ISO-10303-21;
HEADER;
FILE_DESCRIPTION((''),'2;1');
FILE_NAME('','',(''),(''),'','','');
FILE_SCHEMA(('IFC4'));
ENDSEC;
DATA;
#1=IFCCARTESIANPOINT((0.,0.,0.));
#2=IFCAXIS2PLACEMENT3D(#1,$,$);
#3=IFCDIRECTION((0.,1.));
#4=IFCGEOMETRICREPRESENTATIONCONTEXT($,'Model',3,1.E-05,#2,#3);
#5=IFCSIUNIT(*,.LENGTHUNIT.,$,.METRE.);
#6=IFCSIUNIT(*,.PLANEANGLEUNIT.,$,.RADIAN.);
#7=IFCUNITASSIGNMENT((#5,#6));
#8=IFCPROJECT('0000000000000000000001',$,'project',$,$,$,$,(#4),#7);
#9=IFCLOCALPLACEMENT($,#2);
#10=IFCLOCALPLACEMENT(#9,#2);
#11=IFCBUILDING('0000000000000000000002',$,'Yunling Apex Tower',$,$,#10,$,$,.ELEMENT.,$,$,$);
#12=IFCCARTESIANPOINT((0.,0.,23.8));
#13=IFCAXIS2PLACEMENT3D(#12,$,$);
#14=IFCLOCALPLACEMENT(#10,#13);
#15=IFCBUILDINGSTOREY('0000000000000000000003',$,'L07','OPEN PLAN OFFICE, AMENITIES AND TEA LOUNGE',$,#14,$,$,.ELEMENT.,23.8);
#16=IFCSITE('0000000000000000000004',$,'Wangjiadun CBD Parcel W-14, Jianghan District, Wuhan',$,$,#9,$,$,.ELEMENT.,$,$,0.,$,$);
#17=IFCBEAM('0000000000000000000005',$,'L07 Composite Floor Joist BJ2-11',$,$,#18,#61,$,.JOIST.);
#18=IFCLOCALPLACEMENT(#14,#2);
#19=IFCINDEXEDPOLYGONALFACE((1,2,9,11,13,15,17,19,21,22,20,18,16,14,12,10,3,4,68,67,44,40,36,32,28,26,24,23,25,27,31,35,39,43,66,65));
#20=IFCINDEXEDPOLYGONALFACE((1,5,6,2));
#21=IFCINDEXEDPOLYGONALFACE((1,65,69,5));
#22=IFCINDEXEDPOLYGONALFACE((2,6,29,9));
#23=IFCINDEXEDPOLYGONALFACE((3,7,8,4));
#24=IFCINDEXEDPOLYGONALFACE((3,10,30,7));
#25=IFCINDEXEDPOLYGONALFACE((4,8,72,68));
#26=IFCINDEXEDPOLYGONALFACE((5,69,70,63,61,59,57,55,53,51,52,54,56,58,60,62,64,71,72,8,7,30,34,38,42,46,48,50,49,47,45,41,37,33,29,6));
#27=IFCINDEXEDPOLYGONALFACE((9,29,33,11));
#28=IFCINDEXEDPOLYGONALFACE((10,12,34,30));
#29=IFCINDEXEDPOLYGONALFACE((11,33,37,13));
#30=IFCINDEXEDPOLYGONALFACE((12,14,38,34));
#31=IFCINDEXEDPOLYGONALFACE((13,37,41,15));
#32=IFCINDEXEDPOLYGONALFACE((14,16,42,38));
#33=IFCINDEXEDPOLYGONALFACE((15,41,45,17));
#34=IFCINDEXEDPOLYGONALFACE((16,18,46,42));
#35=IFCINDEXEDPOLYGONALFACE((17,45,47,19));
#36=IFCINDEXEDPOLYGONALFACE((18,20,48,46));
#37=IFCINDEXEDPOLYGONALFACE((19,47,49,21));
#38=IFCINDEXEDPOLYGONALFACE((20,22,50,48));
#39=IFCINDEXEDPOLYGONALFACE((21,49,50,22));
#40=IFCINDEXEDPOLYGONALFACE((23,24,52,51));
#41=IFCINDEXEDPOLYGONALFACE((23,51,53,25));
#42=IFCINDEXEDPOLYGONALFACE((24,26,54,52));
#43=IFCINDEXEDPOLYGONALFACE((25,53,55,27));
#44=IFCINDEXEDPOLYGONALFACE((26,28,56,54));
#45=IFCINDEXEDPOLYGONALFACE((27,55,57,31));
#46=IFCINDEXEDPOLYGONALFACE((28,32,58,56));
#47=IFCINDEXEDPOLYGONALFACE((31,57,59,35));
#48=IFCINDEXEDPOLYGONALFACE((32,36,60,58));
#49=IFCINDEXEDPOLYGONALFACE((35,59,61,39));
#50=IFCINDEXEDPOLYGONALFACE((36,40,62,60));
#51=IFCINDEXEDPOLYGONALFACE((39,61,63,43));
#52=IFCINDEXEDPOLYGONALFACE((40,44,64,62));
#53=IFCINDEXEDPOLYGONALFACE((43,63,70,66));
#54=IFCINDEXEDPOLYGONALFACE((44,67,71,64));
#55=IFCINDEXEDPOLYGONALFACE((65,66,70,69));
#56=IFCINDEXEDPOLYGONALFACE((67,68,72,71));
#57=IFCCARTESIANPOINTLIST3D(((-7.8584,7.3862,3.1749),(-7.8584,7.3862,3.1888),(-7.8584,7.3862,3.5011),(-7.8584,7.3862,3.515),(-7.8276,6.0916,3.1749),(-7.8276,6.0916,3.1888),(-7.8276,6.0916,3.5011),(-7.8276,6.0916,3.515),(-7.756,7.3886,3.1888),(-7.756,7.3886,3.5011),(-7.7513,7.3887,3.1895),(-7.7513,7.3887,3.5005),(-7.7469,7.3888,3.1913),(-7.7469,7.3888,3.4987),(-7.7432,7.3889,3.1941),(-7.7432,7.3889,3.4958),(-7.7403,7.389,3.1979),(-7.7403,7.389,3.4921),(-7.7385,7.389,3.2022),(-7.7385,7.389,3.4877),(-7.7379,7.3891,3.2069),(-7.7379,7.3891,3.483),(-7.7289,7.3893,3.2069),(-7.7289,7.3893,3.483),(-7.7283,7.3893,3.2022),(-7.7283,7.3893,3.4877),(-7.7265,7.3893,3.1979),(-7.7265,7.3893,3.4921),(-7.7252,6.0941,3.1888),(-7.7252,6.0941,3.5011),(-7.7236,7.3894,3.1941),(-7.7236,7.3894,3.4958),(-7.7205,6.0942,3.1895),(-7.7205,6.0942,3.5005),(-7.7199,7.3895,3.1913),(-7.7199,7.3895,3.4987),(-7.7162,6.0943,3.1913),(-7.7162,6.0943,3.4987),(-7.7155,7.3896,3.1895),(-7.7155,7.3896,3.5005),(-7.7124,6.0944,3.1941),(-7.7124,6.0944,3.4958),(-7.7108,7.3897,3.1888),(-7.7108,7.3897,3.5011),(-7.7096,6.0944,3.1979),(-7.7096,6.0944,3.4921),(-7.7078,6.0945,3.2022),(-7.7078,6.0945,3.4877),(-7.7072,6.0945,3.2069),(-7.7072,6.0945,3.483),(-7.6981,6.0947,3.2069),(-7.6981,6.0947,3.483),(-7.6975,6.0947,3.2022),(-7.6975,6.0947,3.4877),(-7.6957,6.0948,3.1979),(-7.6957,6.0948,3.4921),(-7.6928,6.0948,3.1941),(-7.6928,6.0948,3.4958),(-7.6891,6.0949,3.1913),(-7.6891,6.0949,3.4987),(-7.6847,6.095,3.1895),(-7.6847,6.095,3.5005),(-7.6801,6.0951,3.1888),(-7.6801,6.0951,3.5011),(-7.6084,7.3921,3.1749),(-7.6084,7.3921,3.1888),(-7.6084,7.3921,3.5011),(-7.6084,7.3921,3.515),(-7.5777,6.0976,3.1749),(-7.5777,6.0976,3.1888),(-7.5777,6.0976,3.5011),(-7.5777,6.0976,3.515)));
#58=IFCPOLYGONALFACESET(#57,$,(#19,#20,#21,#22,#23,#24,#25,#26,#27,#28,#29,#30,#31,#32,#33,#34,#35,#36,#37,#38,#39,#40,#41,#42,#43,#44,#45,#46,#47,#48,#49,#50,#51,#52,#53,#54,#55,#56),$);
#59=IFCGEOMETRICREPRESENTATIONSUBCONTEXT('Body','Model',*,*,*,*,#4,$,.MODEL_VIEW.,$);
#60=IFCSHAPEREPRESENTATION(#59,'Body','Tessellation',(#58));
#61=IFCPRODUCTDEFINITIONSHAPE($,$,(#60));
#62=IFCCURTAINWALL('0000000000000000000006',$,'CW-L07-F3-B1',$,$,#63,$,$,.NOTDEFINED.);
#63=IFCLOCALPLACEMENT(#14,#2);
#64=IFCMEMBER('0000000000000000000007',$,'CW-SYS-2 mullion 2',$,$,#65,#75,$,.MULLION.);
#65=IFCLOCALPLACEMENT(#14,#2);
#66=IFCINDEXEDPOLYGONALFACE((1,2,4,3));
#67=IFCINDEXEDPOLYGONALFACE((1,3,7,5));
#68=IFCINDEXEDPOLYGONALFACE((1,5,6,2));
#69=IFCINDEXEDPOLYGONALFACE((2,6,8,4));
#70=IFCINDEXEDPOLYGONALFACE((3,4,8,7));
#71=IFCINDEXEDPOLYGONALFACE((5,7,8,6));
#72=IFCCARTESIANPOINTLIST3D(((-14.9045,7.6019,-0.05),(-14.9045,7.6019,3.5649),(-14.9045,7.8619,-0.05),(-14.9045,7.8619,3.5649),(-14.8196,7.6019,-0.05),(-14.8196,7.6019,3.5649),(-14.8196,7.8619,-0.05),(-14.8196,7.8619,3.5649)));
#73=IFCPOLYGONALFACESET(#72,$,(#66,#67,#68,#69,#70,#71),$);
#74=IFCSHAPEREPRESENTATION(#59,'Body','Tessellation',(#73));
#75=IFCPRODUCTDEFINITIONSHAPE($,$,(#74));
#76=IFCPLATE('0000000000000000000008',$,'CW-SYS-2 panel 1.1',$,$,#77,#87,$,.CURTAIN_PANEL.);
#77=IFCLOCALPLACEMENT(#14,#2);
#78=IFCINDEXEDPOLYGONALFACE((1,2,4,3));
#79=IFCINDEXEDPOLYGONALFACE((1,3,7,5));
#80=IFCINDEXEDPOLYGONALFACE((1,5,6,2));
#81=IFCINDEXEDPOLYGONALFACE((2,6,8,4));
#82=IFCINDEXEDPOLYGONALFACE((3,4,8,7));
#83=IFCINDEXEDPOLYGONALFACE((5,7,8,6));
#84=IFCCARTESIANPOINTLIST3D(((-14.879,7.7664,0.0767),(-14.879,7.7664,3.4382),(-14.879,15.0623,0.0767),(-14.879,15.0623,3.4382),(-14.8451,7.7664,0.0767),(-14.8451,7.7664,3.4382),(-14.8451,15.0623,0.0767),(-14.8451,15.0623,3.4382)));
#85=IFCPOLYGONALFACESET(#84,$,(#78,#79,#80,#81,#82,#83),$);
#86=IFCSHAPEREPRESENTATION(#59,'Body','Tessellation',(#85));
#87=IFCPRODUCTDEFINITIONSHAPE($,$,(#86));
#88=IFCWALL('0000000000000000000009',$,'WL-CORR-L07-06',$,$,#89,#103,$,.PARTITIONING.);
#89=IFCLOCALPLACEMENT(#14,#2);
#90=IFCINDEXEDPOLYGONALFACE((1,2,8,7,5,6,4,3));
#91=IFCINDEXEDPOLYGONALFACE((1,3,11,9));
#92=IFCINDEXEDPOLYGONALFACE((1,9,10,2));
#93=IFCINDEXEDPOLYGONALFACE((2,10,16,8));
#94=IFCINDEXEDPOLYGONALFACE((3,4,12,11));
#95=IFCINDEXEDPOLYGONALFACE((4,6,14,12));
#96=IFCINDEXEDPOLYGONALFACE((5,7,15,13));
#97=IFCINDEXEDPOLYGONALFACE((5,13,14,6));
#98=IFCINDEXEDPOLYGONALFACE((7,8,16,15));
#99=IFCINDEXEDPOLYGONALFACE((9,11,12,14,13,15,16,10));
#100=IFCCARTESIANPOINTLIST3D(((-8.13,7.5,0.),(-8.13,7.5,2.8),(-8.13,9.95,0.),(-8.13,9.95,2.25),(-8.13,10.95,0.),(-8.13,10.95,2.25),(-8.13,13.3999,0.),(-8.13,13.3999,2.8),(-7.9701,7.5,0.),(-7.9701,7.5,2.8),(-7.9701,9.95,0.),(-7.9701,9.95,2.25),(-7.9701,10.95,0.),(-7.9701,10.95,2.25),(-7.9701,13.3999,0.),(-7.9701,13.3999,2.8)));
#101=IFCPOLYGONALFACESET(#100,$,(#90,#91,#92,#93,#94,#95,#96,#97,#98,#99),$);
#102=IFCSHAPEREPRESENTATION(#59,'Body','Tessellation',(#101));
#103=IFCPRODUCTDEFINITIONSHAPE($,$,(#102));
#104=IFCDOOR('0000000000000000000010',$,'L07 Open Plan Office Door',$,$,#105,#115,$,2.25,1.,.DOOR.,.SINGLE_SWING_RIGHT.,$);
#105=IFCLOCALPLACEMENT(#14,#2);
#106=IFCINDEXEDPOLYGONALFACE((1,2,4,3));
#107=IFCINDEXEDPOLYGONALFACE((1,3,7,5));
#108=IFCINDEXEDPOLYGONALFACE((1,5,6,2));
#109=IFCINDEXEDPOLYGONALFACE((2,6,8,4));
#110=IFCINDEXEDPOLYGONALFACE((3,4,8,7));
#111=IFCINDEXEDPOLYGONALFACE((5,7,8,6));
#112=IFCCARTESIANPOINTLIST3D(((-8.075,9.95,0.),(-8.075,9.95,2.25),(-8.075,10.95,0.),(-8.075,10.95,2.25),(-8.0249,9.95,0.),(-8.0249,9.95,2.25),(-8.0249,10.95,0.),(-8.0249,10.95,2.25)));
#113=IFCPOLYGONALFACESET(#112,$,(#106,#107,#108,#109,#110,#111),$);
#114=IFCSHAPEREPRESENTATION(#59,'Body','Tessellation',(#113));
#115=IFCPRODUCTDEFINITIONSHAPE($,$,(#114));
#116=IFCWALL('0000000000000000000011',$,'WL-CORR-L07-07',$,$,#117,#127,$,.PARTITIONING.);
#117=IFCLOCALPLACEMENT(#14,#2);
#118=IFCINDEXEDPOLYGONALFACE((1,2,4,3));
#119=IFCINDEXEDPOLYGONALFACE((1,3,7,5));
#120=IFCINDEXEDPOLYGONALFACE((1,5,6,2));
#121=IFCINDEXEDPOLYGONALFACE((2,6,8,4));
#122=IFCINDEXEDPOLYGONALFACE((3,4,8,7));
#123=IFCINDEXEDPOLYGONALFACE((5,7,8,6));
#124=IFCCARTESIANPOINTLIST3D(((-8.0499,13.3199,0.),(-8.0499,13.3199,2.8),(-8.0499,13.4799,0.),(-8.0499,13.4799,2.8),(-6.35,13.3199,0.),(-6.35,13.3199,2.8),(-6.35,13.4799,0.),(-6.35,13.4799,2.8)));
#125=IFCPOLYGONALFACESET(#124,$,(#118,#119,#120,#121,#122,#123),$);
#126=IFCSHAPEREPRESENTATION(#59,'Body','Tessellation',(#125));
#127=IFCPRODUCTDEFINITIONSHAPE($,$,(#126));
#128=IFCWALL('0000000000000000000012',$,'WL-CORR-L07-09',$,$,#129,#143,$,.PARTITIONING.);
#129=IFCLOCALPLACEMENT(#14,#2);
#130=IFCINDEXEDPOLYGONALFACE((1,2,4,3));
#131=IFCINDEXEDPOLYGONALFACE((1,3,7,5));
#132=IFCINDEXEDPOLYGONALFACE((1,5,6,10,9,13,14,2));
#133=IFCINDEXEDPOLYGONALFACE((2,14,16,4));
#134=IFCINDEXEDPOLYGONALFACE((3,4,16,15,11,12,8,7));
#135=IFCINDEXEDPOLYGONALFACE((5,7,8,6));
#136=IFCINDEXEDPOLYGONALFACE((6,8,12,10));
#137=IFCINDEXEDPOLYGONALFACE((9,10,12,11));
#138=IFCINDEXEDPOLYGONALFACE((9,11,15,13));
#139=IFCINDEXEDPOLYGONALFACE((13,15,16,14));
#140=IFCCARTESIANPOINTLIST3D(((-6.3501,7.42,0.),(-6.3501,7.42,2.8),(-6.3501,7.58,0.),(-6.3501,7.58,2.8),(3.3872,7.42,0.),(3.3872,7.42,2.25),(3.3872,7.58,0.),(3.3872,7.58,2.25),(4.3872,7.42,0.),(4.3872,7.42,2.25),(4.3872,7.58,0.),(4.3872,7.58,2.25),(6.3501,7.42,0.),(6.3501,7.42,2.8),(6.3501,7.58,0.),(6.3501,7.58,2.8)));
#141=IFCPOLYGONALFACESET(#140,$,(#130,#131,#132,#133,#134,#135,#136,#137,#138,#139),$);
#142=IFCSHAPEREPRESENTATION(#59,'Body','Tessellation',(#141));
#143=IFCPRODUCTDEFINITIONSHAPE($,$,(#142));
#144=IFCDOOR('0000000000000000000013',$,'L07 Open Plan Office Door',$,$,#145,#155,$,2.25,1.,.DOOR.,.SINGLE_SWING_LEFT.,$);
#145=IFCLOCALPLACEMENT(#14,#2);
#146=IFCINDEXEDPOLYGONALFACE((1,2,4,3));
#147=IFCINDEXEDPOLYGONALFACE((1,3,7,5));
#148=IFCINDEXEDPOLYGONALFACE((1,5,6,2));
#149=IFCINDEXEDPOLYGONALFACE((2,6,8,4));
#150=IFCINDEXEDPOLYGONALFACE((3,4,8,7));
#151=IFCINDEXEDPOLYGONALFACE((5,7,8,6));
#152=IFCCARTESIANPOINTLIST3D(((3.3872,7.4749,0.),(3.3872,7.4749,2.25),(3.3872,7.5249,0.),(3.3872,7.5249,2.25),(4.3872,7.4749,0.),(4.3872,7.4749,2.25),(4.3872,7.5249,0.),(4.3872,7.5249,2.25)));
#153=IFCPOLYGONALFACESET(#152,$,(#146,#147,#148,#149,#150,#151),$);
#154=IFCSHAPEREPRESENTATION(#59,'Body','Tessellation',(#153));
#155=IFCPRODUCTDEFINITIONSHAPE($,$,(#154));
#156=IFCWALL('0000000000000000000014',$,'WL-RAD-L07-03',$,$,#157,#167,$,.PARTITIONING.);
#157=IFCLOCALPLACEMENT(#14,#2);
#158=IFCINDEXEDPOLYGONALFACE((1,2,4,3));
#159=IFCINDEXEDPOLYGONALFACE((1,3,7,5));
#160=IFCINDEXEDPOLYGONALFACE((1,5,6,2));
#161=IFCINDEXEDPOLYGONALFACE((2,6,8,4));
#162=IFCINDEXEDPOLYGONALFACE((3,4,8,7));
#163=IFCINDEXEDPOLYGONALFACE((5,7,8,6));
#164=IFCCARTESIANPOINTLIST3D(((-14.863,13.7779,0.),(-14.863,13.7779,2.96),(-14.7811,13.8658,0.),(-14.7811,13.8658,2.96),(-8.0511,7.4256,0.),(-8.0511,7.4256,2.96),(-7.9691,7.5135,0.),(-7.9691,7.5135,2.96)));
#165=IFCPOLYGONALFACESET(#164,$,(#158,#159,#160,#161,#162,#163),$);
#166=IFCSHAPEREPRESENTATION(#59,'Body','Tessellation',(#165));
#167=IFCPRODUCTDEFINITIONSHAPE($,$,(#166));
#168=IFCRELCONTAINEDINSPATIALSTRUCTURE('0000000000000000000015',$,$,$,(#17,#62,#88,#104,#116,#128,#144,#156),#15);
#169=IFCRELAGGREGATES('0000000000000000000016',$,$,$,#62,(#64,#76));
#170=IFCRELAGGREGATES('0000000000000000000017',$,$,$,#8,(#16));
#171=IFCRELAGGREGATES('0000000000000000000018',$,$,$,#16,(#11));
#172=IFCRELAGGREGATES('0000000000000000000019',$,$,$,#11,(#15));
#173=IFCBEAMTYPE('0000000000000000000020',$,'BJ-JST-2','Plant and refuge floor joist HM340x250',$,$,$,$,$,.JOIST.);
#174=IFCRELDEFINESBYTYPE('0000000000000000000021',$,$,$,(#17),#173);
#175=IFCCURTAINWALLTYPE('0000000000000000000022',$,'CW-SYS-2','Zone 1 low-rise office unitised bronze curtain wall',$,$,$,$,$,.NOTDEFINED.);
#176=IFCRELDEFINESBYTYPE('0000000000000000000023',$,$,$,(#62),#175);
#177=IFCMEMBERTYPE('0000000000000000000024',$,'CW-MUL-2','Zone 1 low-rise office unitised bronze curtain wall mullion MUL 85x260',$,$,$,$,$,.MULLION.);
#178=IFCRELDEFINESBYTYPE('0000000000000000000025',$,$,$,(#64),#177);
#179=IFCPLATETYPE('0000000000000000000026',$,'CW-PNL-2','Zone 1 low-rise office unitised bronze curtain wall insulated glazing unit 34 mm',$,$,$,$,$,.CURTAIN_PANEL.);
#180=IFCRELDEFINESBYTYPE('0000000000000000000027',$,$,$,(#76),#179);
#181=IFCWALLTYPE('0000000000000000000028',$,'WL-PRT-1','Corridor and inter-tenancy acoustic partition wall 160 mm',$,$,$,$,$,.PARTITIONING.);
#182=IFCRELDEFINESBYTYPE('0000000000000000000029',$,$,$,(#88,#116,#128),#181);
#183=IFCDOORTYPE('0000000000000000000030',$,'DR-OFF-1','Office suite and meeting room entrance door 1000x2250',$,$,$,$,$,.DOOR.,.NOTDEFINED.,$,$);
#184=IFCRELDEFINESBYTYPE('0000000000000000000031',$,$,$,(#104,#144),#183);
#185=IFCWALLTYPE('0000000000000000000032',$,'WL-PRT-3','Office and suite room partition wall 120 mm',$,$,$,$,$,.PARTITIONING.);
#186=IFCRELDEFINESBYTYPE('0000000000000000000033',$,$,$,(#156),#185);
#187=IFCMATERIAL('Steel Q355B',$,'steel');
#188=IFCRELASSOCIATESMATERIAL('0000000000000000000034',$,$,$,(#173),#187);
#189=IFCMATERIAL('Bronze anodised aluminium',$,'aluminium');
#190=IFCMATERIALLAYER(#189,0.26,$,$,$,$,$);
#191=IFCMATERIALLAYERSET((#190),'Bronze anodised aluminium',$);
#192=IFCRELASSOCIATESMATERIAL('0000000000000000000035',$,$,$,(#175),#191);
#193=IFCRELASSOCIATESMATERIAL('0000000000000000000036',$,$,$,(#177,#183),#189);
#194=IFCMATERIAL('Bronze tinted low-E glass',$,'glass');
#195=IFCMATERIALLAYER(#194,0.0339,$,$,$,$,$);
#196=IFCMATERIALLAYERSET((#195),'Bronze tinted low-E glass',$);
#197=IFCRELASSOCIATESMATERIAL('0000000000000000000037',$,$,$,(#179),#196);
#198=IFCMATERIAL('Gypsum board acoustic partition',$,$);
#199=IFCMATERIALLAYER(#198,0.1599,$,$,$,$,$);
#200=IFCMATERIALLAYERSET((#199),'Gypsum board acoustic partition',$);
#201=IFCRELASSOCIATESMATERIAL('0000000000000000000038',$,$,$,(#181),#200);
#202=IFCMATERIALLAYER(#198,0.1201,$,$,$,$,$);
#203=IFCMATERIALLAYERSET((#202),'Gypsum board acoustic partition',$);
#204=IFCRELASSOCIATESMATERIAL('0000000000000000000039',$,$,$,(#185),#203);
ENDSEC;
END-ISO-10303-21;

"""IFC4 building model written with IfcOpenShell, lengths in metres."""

from ifc_helpers import new_model, si_unit, direction, frame, frame_2d, origin, origin_2d, place, context, subcontext, project, spatial, rectangle, i_section, extrude, source, transform, mapped, material, layer, layer_set, material_profile, profile_set, type_object, element, fill, aggregate, save


model = new_model("IFC4")

# Units and contexts
model_context = context("Model", 3, precision=1e-05, world=origin(), true_north=direction((0.0, 1.0)))
body_context = subcontext(model_context, "Body", "Model", "MODEL_VIEW")
ifc_project = project(units=[si_unit("LENGTHUNIT", "METRE"), si_unit("PLANEANGLEUNIT", "RADIAN")], contexts=[model_context])

# Site, building, storey
site_placement = place(None, origin())
site = spatial("IfcSite", under=ifc_project, at=site_placement, Name="Wangjiadun CBD Parcel W-14, Jianghan District, Wuhan", CompositionType="ELEMENT", RefElevation=0.0)
building_placement = place(site_placement, origin())
building = spatial("IfcBuilding", under=site, at=building_placement, Name="Yunling Apex Tower", CompositionType="ELEMENT")
storey_placement = place(building_placement, frame((0.0, 0.0, 23.8)))
storey = spatial("IfcBuildingStorey", under=building, at=storey_placement, Name="L07", Description="OPEN PLAN OFFICE, AMENITIES AND TEA LOUNGE", CompositionType="ELEMENT", Elevation=23.8)

# Beam
ifc_material_1 = material(Name="Steel Q355B", Category="steel")
ifc_material_profile_1 = material_profile(ifc_material_1, i_section(OverallWidth=0.25, OverallDepth=0.3401, WebThickness=0.009, FlangeThickness=0.0139, FilletRadius=0.0181, at=origin_2d()))
ifc_profile_set_1 = profile_set([ifc_material_profile_1], Name="Steel Q355B")
beam_type_1 = type_object("IfcBeamType", Name="BJ-JST-2", Description="Plant and refuge floor joist HM340x250", PredefinedType="JOIST", material=ifc_profile_set_1)
shared_shape_1 = source(origin(), body_context, "Body", "SweptSolid", [
    extrude(i_section(OverallWidth=0.25, OverallDepth=0.3401, WebThickness=0.009, FlangeThickness=0.0139, FilletRadius=0.0181, at=origin_2d()), origin(), (0.0, 0.0, 1.0), 1.2949),
])
beam_1_placement = place(storey_placement, frame((-7.7334, 7.3892, 3.345), z_axis=(0.023753, -0.999718, 0.0), x_axis=(0.999718, 0.023753, 0.0)))
element("IfcBeam", 1, at=beam_1_placement, inside=storey, type_object=beam_type_1, Name="L07 Composite Floor Joist BJ2-11", PredefinedType="JOIST", context=body_context, shape_type="MappedRepresentation", body=[
    mapped(shared_shape_1, transform((0.0, 0.0, 0.0), scale=1.0)),
])

# Curtain wall, member, plate
ifc_material_2 = material(Name="Bronze anodised aluminium", Category="aluminium")
ifc_layer_1 = layer(ifc_material_2, 0.26)
ifc_layer_set_1 = layer_set([ifc_layer_1], Name="Bronze anodised aluminium")
curtain_wall_type = type_object("IfcCurtainWallType", Name="CW-SYS-2", Description="Zone 1 low-rise office unitised bronze curtain wall", PredefinedType="NOTDEFINED", material=ifc_layer_set_1)
curtain_wall_placement = place(storey_placement, origin())
curtain_wall = element("IfcCurtainWall", 2, at=curtain_wall_placement, inside=storey, type_object=curtain_wall_type, Name="CW-L07-F3-B1", PredefinedType="NOTDEFINED")
ifc_material_profile_2 = material_profile(ifc_material_2, rectangle(XDim=0.085, YDim=0.26, at=origin_2d()))
ifc_profile_set_2 = profile_set([ifc_material_profile_2], Name="Bronze anodised aluminium")
member_type = type_object("IfcMemberType", Name="CW-MUL-2", Description="Zone 1 low-rise office unitised bronze curtain wall mullion MUL 85x260", PredefinedType="MULLION", material=ifc_profile_set_2)
shared_shape_2 = source(origin(), body_context, "Body", "SweptSolid", [
    extrude(rectangle(XDim=0.085, YDim=0.26, at=origin_2d()), origin(), (0.0, 0.0, 1.0), 3.615),
])
member_placement = place(storey_placement, frame((-14.8621, 7.7319, -0.05), z_axis=(0.0, 0.0, 1.0), x_axis=(1.0, 0.0, 0.0)))
member = element("IfcMember", 3, at=member_placement, type_object=member_type, Name="CW-SYS-2 mullion 2", PredefinedType="MULLION", context=body_context, shape_type="MappedRepresentation", body=[
    mapped(shared_shape_2, transform((0.0, 0.0, 0.0), scale=1.0)),
])
ifc_material_3 = material(Name="Bronze tinted low-E glass", Category="glass")
ifc_layer_2 = layer(ifc_material_3, 0.0339)
ifc_layer_set_2 = layer_set([ifc_layer_2], Name="Bronze tinted low-E glass")
plate_type = type_object("IfcPlateType", Name="CW-PNL-2", Description="Zone 1 low-rise office unitised bronze curtain wall insulated glazing unit 34 mm", PredefinedType="CURTAIN_PANEL", material=ifc_layer_set_2)
shared_shape_3 = source(origin(), body_context, "Body", "SweptSolid", [
    extrude(rectangle(XDim=7.2959, YDim=0.0339, at=origin_2d()), origin(), (0.0, 0.0, 1.0), 3.3616),
])
plate_placement = place(storey_placement, frame((-14.8621, 11.4143, 0.0767), z_axis=(0.0, 0.0, 1.0), x_axis=(0.0, -1.0, 0.0)))
plate = element("IfcPlate", 4, at=plate_placement, type_object=plate_type, Name="CW-SYS-2 panel 1.1", PredefinedType="CURTAIN_PANEL", context=body_context, shape_type="MappedRepresentation", body=[
    mapped(shared_shape_3, transform((0.0, 0.0, 0.0), scale=1.0)),
])
aggregate(curtain_wall, [member, plate])

# Wall, opening, door
ifc_material_4 = material(Name="Gypsum board acoustic partition")
ifc_layer_3 = layer(ifc_material_4, 0.1599)
ifc_layer_set_3 = layer_set([ifc_layer_3], Name="Gypsum board acoustic partition")
wall_type_1 = type_object("IfcWallType", Name="WL-PRT-1", Description="Corridor and inter-tenancy acoustic partition wall 160 mm", PredefinedType="PARTITIONING", material=ifc_layer_set_3)
wall_1_placement = place(storey_placement, frame((-8.05, 7.5, 0.0), z_axis=(0.0, 0.0, 1.0), x_axis=(0.0, 1.0, 0.0)))
wall_1 = element("IfcWall", 5, at=wall_1_placement, inside=storey, type_object=wall_type_1, Name="WL-CORR-L07-06", PredefinedType="PARTITIONING", context=body_context, shape_type="SweptSolid", body=[
    extrude(rectangle(XDim=5.8999, YDim=0.1599, at=frame_2d((2.95, 0.0))), origin(), (0.0, 0.0, 1.0), 2.8),
])
opening_1_placement = place(wall_1_placement, frame((2.45, 0.0, 0.0)))
opening_1 = element("IfcOpeningElement", 6, at=opening_1_placement, cuts=wall_1, PredefinedType="OPENING", context=body_context, shape_type="SweptSolid", body=[
    extrude(rectangle(XDim=1.0, YDim=2.25, at=frame_2d((0.5, 1.125))), frame((0.0, 0.0898, 0.0), z_axis=(0.0, -1.0, 0.0), x_axis=(1.0, 0.0, 0.0)), (0.0, 0.0, 1.0), 0.1799),
])
door_type = type_object("IfcDoorType", Name="DR-OFF-1", Description="Office suite and meeting room entrance door 1000x2250", OperationType="NOTDEFINED", PredefinedType="DOOR", material=ifc_material_2)
door_1_placement = place(opening_1_placement, origin())
door_1 = element("IfcDoor", 7, at=door_1_placement, inside=storey, type_object=door_type, Name="L07 Open Plan Office Door", OperationType="SINGLE_SWING_RIGHT", OverallHeight=2.25, OverallWidth=1.0, PredefinedType="DOOR", context=body_context, shape_type="SweptSolid", body=[
    extrude(rectangle(XDim=1.0, YDim=2.25, at=frame_2d((0.5, 1.125))), frame((0.0, 0.0249, 0.0), z_axis=(0.0, -1.0, 0.0), x_axis=(1.0, 0.0, 0.0)), (0.0, 0.0, 1.0), 0.05),
])
fill(opening_1, door_1)

# Wall
wall_2_placement = place(storey_placement, frame((-8.05, 13.3999, 0.0), z_axis=(0.0, 0.0, 1.0), x_axis=(1.0, 0.0, 0.0)))
element("IfcWall", 8, at=wall_2_placement, inside=storey, type_object=wall_type_1, Name="WL-CORR-L07-07", PredefinedType="PARTITIONING", context=body_context, shape_type="SweptSolid", body=[
    extrude(rectangle(XDim=1.7, YDim=0.1599, at=frame_2d((0.8501, 0.0))), origin(), (0.0, 0.0, 1.0), 2.8),
])

# Wall, opening, door
wall_3_placement = place(storey_placement, frame((-6.3501, 7.5, 0.0), z_axis=(0.0, 0.0, 1.0), x_axis=(1.0, 0.0, 0.0)))
wall_3 = element("IfcWall", 9, at=wall_3_placement, inside=storey, type_object=wall_type_1, Name="WL-CORR-L07-09", PredefinedType="PARTITIONING", context=body_context, shape_type="SweptSolid", body=[
    extrude(rectangle(XDim=12.7002, YDim=0.1599, at=frame_2d((6.3501, 0.0))), origin(), (0.0, 0.0, 1.0), 2.8),
])
opening_2_placement = place(wall_3_placement, frame((9.7373, 0.0, 0.0)))
opening_2 = element("IfcOpeningElement", 10, at=opening_2_placement, cuts=wall_3, PredefinedType="OPENING", context=body_context, shape_type="SweptSolid", body=[
    extrude(rectangle(XDim=1.0, YDim=2.25, at=frame_2d((0.5, 1.125))), frame((0.0, 0.0898, 0.0), z_axis=(0.0, -1.0, 0.0), x_axis=(1.0, 0.0, 0.0)), (0.0, 0.0, 1.0), 0.1799),
])
door_2_placement = place(opening_2_placement, origin())
door_2 = element("IfcDoor", 11, at=door_2_placement, inside=storey, type_object=door_type, Name="L07 Open Plan Office Door", OperationType="SINGLE_SWING_LEFT", OverallHeight=2.25, OverallWidth=1.0, PredefinedType="DOOR", context=body_context, shape_type="SweptSolid", body=[
    extrude(rectangle(XDim=1.0, YDim=2.25, at=frame_2d((0.5, 1.125))), frame((0.0, 0.0249, 0.0), z_axis=(0.0, -1.0, 0.0), x_axis=(1.0, 0.0, 0.0)), (0.0, 0.0, 1.0), 0.05),
])
fill(opening_2, door_2)

# Wall
ifc_layer_4 = layer(ifc_material_4, 0.1201)
ifc_layer_set_4 = layer_set([ifc_layer_4], Name="Gypsum board acoustic partition")
wall_type_2 = type_object("IfcWallType", Name="WL-PRT-3", Description="Office and suite room partition wall 120 mm", PredefinedType="PARTITIONING", material=ifc_layer_set_4)
wall_4_placement = place(storey_placement, frame((-8.01, 7.4695, 0.0), z_axis=(0.0, 0.0, 1.0), x_axis=(-0.731354, 0.681998, 0.0)))
element("IfcWall", 12, at=wall_4_placement, inside=storey, type_object=wall_type_2, Name="WL-RAD-L07-03", PredefinedType="PARTITIONING", context=body_context, shape_type="SweptSolid", body=[
    extrude(rectangle(XDim=9.3142, YDim=0.1201, at=frame_2d((4.6572, 0.0))), origin(), (0.0, 0.0, 1.0), 2.96),
])

save(model, "model.ifc")
